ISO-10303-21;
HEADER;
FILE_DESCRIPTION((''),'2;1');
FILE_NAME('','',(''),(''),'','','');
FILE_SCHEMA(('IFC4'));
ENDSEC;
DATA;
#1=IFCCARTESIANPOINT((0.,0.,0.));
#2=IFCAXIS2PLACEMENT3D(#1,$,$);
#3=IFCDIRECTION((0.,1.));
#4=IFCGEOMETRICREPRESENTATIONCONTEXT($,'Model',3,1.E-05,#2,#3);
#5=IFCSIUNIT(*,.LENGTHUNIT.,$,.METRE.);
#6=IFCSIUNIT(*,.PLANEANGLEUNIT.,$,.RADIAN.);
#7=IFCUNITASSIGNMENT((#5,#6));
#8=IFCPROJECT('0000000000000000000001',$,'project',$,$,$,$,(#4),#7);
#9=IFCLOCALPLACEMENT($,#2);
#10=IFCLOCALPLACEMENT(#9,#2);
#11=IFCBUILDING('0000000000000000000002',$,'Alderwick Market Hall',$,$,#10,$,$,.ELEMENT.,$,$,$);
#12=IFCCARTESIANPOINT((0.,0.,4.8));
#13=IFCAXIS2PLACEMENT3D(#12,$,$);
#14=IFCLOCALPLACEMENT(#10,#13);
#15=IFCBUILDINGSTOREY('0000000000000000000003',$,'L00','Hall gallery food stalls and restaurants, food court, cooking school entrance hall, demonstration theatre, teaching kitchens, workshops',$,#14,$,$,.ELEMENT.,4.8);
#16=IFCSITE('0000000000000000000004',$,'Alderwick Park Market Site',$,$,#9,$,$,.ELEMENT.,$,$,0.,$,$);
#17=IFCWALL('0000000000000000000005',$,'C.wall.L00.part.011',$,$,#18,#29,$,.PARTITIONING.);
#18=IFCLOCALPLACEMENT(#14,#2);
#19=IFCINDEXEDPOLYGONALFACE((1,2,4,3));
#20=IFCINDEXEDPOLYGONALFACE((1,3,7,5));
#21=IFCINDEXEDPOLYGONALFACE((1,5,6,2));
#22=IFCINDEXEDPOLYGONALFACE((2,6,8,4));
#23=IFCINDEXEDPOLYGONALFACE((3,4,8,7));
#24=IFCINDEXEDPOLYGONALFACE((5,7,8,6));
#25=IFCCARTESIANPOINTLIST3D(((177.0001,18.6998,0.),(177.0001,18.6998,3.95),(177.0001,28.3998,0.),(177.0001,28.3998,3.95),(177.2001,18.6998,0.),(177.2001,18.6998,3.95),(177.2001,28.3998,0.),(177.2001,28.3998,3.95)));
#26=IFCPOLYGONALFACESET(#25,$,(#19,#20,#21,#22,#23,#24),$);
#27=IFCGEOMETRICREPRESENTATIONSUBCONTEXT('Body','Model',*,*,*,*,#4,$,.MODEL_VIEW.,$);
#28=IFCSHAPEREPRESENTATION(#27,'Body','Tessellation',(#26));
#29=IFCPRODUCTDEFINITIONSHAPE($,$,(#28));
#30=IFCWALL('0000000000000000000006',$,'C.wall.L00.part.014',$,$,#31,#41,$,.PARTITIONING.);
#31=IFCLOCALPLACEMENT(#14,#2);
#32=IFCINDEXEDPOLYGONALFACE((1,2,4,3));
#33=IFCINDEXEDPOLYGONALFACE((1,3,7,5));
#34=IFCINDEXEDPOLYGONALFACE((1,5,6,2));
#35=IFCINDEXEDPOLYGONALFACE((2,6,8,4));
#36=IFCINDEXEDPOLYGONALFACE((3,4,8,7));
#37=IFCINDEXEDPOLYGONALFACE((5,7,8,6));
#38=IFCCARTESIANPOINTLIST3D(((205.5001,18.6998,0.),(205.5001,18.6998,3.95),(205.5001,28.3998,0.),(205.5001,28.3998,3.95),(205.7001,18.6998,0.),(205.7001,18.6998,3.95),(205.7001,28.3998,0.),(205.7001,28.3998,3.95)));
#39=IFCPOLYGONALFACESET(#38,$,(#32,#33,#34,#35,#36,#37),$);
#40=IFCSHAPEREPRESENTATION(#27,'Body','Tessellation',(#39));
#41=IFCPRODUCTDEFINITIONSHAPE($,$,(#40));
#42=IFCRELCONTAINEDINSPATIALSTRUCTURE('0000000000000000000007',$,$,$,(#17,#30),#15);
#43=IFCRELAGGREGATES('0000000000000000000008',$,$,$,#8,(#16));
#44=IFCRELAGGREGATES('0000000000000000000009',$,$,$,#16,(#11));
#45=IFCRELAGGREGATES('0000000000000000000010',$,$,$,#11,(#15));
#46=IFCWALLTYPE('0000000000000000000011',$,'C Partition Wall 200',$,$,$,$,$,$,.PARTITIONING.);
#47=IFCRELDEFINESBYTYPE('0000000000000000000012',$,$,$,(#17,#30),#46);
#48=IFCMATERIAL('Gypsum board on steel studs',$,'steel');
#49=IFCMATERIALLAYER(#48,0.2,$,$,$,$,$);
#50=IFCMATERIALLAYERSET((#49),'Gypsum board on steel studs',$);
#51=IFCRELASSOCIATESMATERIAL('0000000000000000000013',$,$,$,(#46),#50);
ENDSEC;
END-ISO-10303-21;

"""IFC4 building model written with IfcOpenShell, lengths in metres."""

from ifc_helpers import new_model, si_unit, direction, frame, frame_2d, origin, place, context, subcontext, project, spatial, rectangle, extrude, material, layer, layer_set, type_object, element, save


model = new_model("IFC4")

# Units and contexts
model_context = context("Model", 3, precision=1e-05, world=origin(), true_north=direction((0.0, 1.0)))
body_context = subcontext(model_context, "Body", "Model", "MODEL_VIEW")
ifc_project = project(units=[si_unit("LENGTHUNIT", "METRE"), si_unit("PLANEANGLEUNIT", "RADIAN")], contexts=[model_context])

# Site, building, storey
site_placement = place(None, origin())
site = spatial("IfcSite", under=ifc_project, at=site_placement, Name="Alderwick Park Market Site", CompositionType="ELEMENT", RefElevation=0.0)
building_placement = place(site_placement, origin())
building = spatial("IfcBuilding", under=site, at=building_placement, Name="Alderwick Market Hall", CompositionType="ELEMENT")
storey_placement = place(building_placement, frame((0.0, 0.0, 4.8)))
storey = spatial("IfcBuildingStorey", under=building, at=storey_placement, Name="L00", Description="Hall gallery food stalls and restaurants, food court, cooking school entrance hall, demonstration theatre, teaching kitchens, workshops", CompositionType="ELEMENT", Elevation=4.8)

# Walls
ifc_material_1 = material(Name="Gypsum board on steel studs", Category="steel")
ifc_layer = layer(ifc_material_1, 0.2)
ifc_layer_set = layer_set([ifc_layer], Name="Gypsum board on steel studs")
wall_type = type_object("IfcWallType", Name="C Partition Wall 200", PredefinedType="PARTITIONING", material=ifc_layer_set)
for number, where, z_axis, x_axis, name in (
    (1, (177.1001, 28.3999, 0.0), (0.0, 0.0, 1.0), (0.0, -1.0, 0.0), "C.wall.L00.part.011"),
    (2, (205.6001, 28.3999, 0.0), (0.0, 0.0, 1.0), (0.0, -1.0, 0.0), "C.wall.L00.part.014"),
):
    element("IfcWall", number, at=place(storey_placement, frame(where, z_axis=z_axis, x_axis=x_axis)), inside=storey, type_object=wall_type, Name=name, PredefinedType="PARTITIONING", context=body_context, shape_type="SweptSolid", body=[
        extrude(rectangle(XDim=9.7, YDim=0.2, at=frame_2d((4.8501, 0.0))), origin(), (0.0, 0.0, 1.0), 3.95),
    ])

save(model, "model.ifc")
